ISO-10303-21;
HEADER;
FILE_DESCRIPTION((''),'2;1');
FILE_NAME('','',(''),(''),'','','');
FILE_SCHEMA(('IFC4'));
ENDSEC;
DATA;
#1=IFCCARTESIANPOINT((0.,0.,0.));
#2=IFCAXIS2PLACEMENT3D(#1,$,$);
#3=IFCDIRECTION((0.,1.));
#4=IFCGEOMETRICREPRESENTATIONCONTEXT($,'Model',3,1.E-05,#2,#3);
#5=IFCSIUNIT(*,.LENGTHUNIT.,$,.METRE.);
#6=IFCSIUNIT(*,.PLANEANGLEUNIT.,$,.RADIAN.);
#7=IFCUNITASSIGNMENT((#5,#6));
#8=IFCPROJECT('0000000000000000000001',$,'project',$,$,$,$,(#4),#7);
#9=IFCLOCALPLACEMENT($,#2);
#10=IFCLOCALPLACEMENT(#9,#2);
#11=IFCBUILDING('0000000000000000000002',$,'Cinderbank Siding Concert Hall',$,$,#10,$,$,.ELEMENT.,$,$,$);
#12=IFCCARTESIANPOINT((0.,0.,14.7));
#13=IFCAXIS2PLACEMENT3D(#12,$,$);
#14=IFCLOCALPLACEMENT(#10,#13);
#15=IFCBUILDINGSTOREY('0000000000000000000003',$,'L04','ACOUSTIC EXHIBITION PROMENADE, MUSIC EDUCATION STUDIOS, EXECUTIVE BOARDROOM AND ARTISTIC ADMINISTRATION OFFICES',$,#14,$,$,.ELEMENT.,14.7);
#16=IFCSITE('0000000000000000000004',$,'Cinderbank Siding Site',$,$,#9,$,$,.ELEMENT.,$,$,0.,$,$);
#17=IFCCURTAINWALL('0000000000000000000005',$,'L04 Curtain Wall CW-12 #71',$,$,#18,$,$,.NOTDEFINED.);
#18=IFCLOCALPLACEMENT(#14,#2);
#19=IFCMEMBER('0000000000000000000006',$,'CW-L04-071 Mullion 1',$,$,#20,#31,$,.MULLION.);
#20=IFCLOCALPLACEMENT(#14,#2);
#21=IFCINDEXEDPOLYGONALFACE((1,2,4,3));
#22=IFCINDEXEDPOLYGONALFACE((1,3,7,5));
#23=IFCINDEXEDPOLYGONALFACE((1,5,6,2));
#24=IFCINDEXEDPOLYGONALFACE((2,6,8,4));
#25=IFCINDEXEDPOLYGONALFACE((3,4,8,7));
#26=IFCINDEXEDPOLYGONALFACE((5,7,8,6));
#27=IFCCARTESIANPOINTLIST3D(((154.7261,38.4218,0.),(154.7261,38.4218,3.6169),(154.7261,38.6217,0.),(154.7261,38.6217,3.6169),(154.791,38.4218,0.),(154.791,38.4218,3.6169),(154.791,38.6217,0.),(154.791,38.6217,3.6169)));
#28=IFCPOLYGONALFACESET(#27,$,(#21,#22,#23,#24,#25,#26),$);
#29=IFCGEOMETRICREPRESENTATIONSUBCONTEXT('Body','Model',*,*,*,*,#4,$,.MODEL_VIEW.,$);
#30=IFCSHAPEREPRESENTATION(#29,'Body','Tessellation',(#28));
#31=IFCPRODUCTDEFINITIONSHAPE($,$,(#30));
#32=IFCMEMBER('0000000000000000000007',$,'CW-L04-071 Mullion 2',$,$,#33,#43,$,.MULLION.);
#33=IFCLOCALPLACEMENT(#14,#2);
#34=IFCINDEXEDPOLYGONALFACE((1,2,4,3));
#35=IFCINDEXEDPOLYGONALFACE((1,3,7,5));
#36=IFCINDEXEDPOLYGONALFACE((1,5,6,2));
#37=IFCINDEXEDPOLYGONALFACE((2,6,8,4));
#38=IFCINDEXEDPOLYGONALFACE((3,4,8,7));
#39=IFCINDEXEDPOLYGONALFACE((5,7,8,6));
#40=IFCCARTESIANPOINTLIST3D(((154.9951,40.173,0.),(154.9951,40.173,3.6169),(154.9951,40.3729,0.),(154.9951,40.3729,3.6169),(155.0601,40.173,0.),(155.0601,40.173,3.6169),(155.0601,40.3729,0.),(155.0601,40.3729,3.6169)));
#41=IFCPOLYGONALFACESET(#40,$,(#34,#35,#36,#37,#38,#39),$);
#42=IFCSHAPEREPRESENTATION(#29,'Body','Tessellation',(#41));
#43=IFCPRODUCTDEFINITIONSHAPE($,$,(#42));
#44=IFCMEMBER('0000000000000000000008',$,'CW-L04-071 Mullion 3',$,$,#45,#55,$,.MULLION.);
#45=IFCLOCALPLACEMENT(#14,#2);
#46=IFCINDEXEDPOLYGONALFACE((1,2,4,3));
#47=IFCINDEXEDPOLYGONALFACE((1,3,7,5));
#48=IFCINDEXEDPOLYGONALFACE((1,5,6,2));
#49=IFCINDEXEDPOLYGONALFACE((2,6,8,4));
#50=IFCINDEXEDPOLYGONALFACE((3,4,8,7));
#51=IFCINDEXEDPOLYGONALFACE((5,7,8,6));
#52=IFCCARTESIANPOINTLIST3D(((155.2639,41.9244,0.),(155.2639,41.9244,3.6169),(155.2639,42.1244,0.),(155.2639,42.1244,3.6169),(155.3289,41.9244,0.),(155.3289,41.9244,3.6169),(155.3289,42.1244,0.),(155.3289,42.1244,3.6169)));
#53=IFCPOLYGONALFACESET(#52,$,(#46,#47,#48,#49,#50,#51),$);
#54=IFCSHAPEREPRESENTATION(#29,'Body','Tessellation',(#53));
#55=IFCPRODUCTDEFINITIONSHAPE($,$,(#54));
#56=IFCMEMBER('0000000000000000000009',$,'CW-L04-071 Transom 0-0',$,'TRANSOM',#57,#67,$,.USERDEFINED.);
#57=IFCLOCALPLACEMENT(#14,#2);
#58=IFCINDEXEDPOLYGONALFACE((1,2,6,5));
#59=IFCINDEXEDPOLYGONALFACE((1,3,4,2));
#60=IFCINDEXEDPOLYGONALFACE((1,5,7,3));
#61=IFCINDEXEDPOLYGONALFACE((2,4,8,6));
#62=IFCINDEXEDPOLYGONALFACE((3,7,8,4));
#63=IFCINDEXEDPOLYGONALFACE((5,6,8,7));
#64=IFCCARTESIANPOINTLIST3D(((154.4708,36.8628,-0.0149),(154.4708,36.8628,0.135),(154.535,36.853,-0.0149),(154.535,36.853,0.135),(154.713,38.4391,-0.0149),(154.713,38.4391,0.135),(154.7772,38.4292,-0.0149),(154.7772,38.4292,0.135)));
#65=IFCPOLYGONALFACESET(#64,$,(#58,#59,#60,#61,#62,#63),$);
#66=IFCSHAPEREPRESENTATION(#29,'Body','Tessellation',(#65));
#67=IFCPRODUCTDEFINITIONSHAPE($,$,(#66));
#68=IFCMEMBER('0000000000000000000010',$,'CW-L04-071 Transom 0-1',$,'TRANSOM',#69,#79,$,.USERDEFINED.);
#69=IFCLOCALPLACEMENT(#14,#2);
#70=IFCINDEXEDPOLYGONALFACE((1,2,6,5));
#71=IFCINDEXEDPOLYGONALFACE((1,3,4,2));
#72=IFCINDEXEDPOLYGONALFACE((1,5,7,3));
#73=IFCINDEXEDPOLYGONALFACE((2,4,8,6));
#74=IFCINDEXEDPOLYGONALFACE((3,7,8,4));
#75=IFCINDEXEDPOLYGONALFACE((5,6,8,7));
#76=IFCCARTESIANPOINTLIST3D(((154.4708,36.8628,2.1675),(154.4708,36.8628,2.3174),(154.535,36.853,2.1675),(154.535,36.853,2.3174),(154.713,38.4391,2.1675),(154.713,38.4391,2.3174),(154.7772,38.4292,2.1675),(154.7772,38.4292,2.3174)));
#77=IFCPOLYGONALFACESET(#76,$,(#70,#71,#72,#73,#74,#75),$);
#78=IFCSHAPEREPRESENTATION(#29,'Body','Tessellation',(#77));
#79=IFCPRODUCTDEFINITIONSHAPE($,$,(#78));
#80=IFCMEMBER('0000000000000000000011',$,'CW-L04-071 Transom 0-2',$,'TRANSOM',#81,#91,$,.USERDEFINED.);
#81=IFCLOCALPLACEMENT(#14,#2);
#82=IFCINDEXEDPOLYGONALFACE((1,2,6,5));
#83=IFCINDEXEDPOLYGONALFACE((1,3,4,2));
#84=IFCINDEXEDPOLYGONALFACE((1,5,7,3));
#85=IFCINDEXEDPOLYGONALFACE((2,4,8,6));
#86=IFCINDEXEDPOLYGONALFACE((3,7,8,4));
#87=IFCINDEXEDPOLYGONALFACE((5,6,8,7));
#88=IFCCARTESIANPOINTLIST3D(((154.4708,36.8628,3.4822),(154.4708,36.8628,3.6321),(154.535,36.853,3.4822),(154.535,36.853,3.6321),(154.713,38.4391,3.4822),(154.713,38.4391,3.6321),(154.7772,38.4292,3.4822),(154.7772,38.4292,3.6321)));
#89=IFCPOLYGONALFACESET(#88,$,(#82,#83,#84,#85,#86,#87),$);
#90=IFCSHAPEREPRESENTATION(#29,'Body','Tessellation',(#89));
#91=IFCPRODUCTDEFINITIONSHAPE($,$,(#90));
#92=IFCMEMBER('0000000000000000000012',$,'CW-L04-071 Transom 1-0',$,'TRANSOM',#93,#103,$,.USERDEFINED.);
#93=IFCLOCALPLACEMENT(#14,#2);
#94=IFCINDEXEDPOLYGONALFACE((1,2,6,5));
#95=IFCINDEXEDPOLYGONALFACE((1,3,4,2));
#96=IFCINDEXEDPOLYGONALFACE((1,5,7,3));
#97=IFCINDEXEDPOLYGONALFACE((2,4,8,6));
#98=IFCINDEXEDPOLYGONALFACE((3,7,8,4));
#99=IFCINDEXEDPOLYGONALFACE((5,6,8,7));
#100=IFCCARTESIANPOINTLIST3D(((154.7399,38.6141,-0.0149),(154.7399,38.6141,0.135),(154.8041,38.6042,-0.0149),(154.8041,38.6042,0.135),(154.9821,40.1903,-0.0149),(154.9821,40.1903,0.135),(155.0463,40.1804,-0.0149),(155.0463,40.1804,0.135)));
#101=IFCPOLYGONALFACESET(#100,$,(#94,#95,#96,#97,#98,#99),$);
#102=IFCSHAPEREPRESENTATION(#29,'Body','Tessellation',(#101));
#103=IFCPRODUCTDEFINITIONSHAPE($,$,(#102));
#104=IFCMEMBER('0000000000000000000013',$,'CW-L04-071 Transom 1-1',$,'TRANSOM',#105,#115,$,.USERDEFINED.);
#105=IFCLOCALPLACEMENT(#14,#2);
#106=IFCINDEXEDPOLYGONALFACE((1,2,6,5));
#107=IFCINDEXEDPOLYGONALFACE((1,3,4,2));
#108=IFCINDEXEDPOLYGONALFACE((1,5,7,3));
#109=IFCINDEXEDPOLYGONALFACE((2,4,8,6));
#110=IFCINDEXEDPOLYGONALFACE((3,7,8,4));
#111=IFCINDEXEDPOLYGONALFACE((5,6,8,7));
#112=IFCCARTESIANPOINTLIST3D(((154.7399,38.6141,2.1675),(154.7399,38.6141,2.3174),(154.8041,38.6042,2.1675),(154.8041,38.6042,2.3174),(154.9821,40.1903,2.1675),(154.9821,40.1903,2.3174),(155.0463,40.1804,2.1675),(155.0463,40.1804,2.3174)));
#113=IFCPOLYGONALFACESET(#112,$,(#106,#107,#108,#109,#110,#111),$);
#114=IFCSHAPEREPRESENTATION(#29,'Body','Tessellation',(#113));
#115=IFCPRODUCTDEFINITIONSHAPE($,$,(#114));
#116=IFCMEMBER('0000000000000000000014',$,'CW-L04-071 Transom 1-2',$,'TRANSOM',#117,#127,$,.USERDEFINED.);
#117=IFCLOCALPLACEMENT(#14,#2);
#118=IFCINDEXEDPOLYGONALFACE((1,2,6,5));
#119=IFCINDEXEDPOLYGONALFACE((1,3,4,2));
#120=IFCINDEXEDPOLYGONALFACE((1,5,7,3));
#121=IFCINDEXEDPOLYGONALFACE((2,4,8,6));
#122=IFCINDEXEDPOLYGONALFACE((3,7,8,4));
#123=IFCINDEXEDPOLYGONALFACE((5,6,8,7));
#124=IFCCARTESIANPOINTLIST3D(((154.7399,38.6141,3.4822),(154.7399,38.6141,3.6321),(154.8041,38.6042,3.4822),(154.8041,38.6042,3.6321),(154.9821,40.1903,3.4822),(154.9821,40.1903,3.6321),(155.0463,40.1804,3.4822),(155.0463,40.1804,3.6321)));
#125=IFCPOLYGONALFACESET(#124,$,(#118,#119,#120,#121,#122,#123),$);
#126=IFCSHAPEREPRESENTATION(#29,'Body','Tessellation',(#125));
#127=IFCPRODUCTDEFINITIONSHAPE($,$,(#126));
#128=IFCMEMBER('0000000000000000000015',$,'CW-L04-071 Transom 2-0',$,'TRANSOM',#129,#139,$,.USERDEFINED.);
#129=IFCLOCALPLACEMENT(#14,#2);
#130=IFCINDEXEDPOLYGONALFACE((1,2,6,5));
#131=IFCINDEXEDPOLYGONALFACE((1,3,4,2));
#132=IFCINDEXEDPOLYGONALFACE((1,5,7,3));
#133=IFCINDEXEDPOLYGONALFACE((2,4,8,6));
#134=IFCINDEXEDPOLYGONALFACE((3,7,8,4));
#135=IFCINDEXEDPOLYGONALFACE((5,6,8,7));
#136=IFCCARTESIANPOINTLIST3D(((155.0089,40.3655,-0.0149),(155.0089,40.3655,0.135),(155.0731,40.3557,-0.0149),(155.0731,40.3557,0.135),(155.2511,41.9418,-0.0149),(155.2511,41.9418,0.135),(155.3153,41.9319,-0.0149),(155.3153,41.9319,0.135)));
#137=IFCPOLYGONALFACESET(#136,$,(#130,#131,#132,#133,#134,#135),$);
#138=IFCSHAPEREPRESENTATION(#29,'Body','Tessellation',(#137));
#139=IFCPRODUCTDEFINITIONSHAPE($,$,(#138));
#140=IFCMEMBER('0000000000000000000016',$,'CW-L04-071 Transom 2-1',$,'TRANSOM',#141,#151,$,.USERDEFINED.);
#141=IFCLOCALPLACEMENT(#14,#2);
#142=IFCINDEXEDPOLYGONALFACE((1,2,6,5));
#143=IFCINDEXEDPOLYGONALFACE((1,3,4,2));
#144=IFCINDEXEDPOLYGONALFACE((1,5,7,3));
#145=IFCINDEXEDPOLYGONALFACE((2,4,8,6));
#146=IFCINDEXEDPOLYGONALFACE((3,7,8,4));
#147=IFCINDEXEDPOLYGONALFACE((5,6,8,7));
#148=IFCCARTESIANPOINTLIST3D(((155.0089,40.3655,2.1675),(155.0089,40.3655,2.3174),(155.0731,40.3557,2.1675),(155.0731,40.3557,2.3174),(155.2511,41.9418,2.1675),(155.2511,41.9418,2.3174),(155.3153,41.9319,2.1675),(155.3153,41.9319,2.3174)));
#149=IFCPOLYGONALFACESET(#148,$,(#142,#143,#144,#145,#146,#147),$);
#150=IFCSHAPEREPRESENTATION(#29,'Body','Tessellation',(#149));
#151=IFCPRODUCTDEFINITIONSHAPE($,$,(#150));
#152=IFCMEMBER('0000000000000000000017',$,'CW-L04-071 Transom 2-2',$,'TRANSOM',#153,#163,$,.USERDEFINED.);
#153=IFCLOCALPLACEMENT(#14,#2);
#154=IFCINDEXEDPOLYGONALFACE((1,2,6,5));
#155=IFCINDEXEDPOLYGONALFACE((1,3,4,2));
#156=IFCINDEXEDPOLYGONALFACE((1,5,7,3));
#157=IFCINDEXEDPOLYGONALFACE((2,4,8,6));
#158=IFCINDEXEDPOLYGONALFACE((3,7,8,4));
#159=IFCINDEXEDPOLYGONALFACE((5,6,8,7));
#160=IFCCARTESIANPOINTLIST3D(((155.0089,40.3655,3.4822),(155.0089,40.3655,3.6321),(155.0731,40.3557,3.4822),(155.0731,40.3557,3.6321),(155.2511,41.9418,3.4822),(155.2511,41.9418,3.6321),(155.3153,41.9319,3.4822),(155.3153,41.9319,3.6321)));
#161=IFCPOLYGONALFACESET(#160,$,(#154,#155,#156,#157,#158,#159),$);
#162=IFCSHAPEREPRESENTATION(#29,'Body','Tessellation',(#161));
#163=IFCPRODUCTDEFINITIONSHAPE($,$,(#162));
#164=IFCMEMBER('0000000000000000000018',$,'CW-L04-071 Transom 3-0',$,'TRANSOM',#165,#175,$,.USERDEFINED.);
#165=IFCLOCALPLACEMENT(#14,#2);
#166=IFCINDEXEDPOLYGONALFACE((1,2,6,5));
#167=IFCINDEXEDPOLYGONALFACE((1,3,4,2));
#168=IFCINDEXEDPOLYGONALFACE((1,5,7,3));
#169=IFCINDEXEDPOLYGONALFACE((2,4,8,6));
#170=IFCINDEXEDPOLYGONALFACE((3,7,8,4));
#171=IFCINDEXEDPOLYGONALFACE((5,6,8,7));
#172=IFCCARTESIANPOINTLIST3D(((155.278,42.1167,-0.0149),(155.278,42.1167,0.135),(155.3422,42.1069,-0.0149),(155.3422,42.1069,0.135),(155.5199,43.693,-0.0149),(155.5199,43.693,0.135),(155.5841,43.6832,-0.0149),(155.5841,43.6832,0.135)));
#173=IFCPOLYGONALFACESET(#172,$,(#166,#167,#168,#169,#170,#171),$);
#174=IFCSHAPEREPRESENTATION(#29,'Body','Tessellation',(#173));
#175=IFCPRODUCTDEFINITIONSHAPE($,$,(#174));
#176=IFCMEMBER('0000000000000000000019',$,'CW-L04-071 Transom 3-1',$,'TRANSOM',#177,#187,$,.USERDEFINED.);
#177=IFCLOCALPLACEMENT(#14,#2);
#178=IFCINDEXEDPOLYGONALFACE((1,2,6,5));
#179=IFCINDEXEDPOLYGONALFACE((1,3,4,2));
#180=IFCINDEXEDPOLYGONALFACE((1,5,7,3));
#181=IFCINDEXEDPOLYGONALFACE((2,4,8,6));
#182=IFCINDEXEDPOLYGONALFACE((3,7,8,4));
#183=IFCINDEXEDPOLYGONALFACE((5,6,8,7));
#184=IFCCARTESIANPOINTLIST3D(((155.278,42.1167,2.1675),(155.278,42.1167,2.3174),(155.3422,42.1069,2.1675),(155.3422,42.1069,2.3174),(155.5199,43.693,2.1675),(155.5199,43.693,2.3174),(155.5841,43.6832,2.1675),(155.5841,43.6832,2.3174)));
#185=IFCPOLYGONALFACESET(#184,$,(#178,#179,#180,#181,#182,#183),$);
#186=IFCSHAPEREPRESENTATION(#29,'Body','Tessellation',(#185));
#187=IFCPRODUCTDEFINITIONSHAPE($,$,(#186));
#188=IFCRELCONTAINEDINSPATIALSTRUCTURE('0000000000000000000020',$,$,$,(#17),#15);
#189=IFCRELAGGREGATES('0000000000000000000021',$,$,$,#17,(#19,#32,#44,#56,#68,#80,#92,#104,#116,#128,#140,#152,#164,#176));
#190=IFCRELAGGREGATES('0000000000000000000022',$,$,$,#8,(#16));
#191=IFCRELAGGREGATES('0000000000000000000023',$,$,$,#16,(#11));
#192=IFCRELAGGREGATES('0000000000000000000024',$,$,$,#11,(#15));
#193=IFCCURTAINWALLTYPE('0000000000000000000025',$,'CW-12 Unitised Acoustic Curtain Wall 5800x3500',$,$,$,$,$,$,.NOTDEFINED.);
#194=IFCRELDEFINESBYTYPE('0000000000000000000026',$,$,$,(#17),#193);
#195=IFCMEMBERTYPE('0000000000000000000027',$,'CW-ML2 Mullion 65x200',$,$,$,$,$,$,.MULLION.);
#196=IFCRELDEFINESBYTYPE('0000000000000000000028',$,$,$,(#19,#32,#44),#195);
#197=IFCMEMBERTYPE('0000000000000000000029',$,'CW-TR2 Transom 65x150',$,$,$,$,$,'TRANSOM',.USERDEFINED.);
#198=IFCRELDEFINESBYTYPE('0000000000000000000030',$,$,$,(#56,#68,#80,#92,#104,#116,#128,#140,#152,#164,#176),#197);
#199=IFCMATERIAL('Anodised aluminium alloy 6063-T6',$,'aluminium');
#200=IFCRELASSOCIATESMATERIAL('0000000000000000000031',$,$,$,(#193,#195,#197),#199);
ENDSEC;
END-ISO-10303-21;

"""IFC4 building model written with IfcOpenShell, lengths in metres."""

from ifc_helpers import new_model, si_unit, direction, frame, origin, origin_2d, place, context, subcontext, project, spatial, rectangle, extrude, material, material_profile, profile_set, type_object, element, aggregate, save


model = new_model("IFC4")

# Units and contexts
model_context = context("Model", 3, precision=1e-05, world=origin(), true_north=direction((0.0, 1.0)))
body_context = subcontext(model_context, "Body", "Model", "MODEL_VIEW")
ifc_project = project(units=[si_unit("LENGTHUNIT", "METRE"), si_unit("PLANEANGLEUNIT", "RADIAN")], contexts=[model_context])

# Site, building, storey
site_placement = place(None, origin())
site = spatial("IfcSite", under=ifc_project, at=site_placement, Name="Cinderbank Siding Site", CompositionType="ELEMENT", RefElevation=0.0)
building_placement = place(site_placement, origin())
building = spatial("IfcBuilding", under=site, at=building_placement, Name="Cinderbank Siding Concert Hall", CompositionType="ELEMENT")
storey_placement = place(building_placement, frame((0.0, 0.0, 14.7)))
storey = spatial("IfcBuildingStorey", under=building, at=storey_placement, Name="L04", Description="ACOUSTIC EXHIBITION PROMENADE, MUSIC EDUCATION STUDIOS, EXECUTIVE BOARDROOM AND ARTISTIC ADMINISTRATION OFFICES", CompositionType="ELEMENT", Elevation=14.7)

# Curtain wall, members
ifc_material_1 = material(Name="Anodised aluminium alloy 6063-T6", Category="aluminium")
curtain_wall_type = type_object("IfcCurtainWallType", Name="CW-12 Unitised Acoustic Curtain Wall 5800x3500", PredefinedType="NOTDEFINED", material=ifc_material_1)
curtain_wall_placement = place(storey_placement, origin())
curtain_wall = element("IfcCurtainWall", 1, at=curtain_wall_placement, inside=storey, type_object=curtain_wall_type, Name="L04 Curtain Wall CW-12 #71", PredefinedType="NOTDEFINED")
ifc_material_profile_1 = material_profile(ifc_material_1, rectangle(XDim=0.0649, YDim=0.2, at=origin_2d()), Name="ALU-MULL-65x200", Category="LoadBearing")
ifc_profile_set_1 = profile_set([ifc_material_profile_1], Name="Anodised aluminium alloy 6063-T6")
member_type_1 = type_object("IfcMemberType", Name="CW-ML2 Mullion 65x200", PredefinedType="MULLION", material=ifc_profile_set_1)
member_1_placement = place(storey_placement, frame((154.7585, 38.5217, 0.0), z_axis=(0.0, 0.0, 1.0), x_axis=(1.0, 0.0, 0.0)))
member_1 = element("IfcMember", 2, at=member_1_placement, type_object=member_type_1, Name="CW-L04-071 Mullion 1", PredefinedType="MULLION", context=body_context, shape_type="SweptSolid", body=[
    extrude(rectangle(XDim=0.0649, YDim=0.2, at=origin_2d()), origin(), (0.0, 0.0, 1.0), 3.6169),
])
member_2_placement = place(storey_placement, frame((155.0276, 40.2729, 0.0), z_axis=(0.0, 0.0, 1.0), x_axis=(1.0, 0.0, 0.0)))
member_2 = element("IfcMember", 3, at=member_2_placement, type_object=member_type_1, Name="CW-L04-071 Mullion 2", PredefinedType="MULLION", context=body_context, shape_type="SweptSolid", body=[
    extrude(rectangle(XDim=0.0649, YDim=0.2, at=origin_2d()), origin(), (0.0, 0.0, 1.0), 3.6169),
])
member_3_placement = place(storey_placement, frame((155.2964, 42.0244, 0.0), z_axis=(0.0, 0.0, 1.0), x_axis=(1.0, 0.0, 0.0)))
member_3 = element("IfcMember", 4, at=member_3_placement, type_object=member_type_1, Name="CW-L04-071 Mullion 3", PredefinedType="MULLION", context=body_context, shape_type="SweptSolid", body=[
    extrude(rectangle(XDim=0.0649, YDim=0.2, at=origin_2d()), origin(), (0.0, 0.0, 1.0), 3.6169),
])
ifc_material_profile_2 = material_profile(ifc_material_1, rectangle(XDim=0.0649, YDim=0.1499, at=origin_2d()), Name="ALU-TRAN-65x150", Category="LoadBearing")
ifc_profile_set_2 = profile_set([ifc_material_profile_2], Name="Anodised aluminium alloy 6063-T6")
member_type_2 = type_object("IfcMemberType", Name="CW-TR2 Transom 65x150", ElementType="TRANSOM", PredefinedType="USERDEFINED", material=ifc_profile_set_2)
member_4_placement = place(storey_placement, frame((154.5029, 36.8579, 0.0601), z_axis=(0.151873, 0.9884, 0.0), x_axis=(-0.9884, 0.151873, 0.0)))
member_4 = element("IfcMember", 5, at=member_4_placement, type_object=member_type_2, Name="CW-L04-071 Transom 0-0", ObjectType="TRANSOM", PredefinedType="USERDEFINED", context=body_context, shape_type="SweptSolid", body=[
    extrude(rectangle(XDim=0.0649, YDim=0.1499, at=origin_2d()), origin(), (0.0, 0.0, 1.0), 1.5947),
])
member_5_placement = place(storey_placement, frame((154.5029, 36.8579, 2.2424), z_axis=(0.151873, 0.9884, 0.0), x_axis=(-0.9884, 0.151873, 0.0)))
member_5 = element("IfcMember", 6, at=member_5_placement, type_object=member_type_2, Name="CW-L04-071 Transom 0-1", ObjectType="TRANSOM", PredefinedType="USERDEFINED", context=body_context, shape_type="SweptSolid", body=[
    extrude(rectangle(XDim=0.0649, YDim=0.1499, at=origin_2d()), origin(), (0.0, 0.0, 1.0), 1.5947),
])
member_6_placement = place(storey_placement, frame((154.5029, 36.8579, 3.5571), z_axis=(0.151873, 0.9884, 0.0), x_axis=(-0.9884, 0.151873, 0.0)))
member_6 = element("IfcMember", 7, at=member_6_placement, type_object=member_type_2, Name="CW-L04-071 Transom 0-2", ObjectType="TRANSOM", PredefinedType="USERDEFINED", context=body_context, shape_type="SweptSolid", body=[
    extrude(rectangle(XDim=0.0649, YDim=0.1499, at=origin_2d()), origin(), (0.0, 0.0, 1.0), 1.5947),
])
member_7_placement = place(storey_placement, frame((154.772, 38.6091, 0.0601), z_axis=(0.151873, 0.9884, 0.0), x_axis=(-0.9884, 0.151873, 0.0)))
member_7 = element("IfcMember", 8, at=member_7_placement, type_object=member_type_2, Name="CW-L04-071 Transom 1-0", ObjectType="TRANSOM", PredefinedType="USERDEFINED", context=body_context, shape_type="SweptSolid", body=[
    extrude(rectangle(XDim=0.0649, YDim=0.1499, at=origin_2d()), origin(), (0.0, 0.0, 1.0), 1.5947),
])
member_8_placement = place(storey_placement, frame((154.772, 38.6091, 2.2424), z_axis=(0.151873, 0.9884, 0.0), x_axis=(-0.9884, 0.151873, 0.0)))
member_8 = element("IfcMember", 9, at=member_8_placement, type_object=member_type_2, Name="CW-L04-071 Transom 1-1", ObjectType="TRANSOM", PredefinedType="USERDEFINED", context=body_context, shape_type="SweptSolid", body=[
    extrude(rectangle(XDim=0.0649, YDim=0.1499, at=origin_2d()), origin(), (0.0, 0.0, 1.0), 1.5947),
])
member_9_placement = place(storey_placement, frame((154.772, 38.6091, 3.5571), z_axis=(0.151873, 0.9884, 0.0), x_axis=(-0.9884, 0.151873, 0.0)))
member_9 = element("IfcMember", 10, at=member_9_placement, type_object=member_type_2, Name="CW-L04-071 Transom 1-2", ObjectType="TRANSOM", PredefinedType="USERDEFINED", context=body_context, shape_type="SweptSolid", body=[
    extrude(rectangle(XDim=0.0649, YDim=0.1499, at=origin_2d()), origin(), (0.0, 0.0, 1.0), 1.5947),
])
member_10_placement = place(storey_placement, frame((155.041, 40.3606, 0.0601), z_axis=(0.151873, 0.9884, 0.0), x_axis=(-0.9884, 0.151873, 0.0)))
member_10 = element("IfcMember", 11, at=member_10_placement, type_object=member_type_2, Name="CW-L04-071 Transom 2-0", ObjectType="TRANSOM", PredefinedType="USERDEFINED", context=body_context, shape_type="SweptSolid", body=[
    extrude(rectangle(XDim=0.0649, YDim=0.1499, at=origin_2d()), origin(), (0.0, 0.0, 1.0), 1.5947),
])
member_11_placement = place(storey_placement, frame((155.041, 40.3606, 2.2424), z_axis=(0.151873, 0.9884, 0.0), x_axis=(-0.9884, 0.151873, 0.0)))
member_11 = element("IfcMember", 12, at=member_11_placement, type_object=member_type_2, Name="CW-L04-071 Transom 2-1", ObjectType="TRANSOM", PredefinedType="USERDEFINED", context=body_context, shape_type="SweptSolid", body=[
    extrude(rectangle(XDim=0.0649, YDim=0.1499, at=origin_2d()), origin(), (0.0, 0.0, 1.0), 1.5947),
])
member_12_placement = place(storey_placement, frame((155.041, 40.3606, 3.5571), z_axis=(0.151873, 0.9884, 0.0), x_axis=(-0.9884, 0.151873, 0.0)))
member_12 = element("IfcMember", 13, at=member_12_placement, type_object=member_type_2, Name="CW-L04-071 Transom 2-2", ObjectType="TRANSOM", PredefinedType="USERDEFINED", context=body_context, shape_type="SweptSolid", body=[
    extrude(rectangle(XDim=0.0649, YDim=0.1499, at=origin_2d()), origin(), (0.0, 0.0, 1.0), 1.5947),
])
member_13_placement = place(storey_placement, frame((155.3101, 42.1118, 0.0601), z_axis=(0.151724, 0.988423, 0.0), x_axis=(-0.988423, 0.151724, 0.0)))
member_13 = element("IfcMember", 14, at=member_13_placement, type_object=member_type_2, Name="CW-L04-071 Transom 3-0", ObjectType="TRANSOM", PredefinedType="USERDEFINED", context=body_context, shape_type="SweptSolid", body=[
    extrude(rectangle(XDim=0.0649, YDim=0.1499, at=origin_2d()), origin(), (0.0, 0.0, 1.0), 1.5947),
])
member_14_placement = place(storey_placement, frame((155.3101, 42.1118, 2.2424), z_axis=(0.151724, 0.988423, 0.0), x_axis=(-0.988423, 0.151724, 0.0)))
member_14 = element("IfcMember", 15, at=member_14_placement, type_object=member_type_2, Name="CW-L04-071 Transom 3-1", ObjectType="TRANSOM", PredefinedType="USERDEFINED", context=body_context, shape_type="SweptSolid", body=[
    extrude(rectangle(XDim=0.0649, YDim=0.1499, at=origin_2d()), origin(), (0.0, 0.0, 1.0), 1.5947),
])
aggregate(curtain_wall, [member_1, member_2, member_3, member_4, member_5, member_6, member_7, member_8, member_9, member_10, member_11, member_12, member_13, member_14])

save(model, "model.ifc")
